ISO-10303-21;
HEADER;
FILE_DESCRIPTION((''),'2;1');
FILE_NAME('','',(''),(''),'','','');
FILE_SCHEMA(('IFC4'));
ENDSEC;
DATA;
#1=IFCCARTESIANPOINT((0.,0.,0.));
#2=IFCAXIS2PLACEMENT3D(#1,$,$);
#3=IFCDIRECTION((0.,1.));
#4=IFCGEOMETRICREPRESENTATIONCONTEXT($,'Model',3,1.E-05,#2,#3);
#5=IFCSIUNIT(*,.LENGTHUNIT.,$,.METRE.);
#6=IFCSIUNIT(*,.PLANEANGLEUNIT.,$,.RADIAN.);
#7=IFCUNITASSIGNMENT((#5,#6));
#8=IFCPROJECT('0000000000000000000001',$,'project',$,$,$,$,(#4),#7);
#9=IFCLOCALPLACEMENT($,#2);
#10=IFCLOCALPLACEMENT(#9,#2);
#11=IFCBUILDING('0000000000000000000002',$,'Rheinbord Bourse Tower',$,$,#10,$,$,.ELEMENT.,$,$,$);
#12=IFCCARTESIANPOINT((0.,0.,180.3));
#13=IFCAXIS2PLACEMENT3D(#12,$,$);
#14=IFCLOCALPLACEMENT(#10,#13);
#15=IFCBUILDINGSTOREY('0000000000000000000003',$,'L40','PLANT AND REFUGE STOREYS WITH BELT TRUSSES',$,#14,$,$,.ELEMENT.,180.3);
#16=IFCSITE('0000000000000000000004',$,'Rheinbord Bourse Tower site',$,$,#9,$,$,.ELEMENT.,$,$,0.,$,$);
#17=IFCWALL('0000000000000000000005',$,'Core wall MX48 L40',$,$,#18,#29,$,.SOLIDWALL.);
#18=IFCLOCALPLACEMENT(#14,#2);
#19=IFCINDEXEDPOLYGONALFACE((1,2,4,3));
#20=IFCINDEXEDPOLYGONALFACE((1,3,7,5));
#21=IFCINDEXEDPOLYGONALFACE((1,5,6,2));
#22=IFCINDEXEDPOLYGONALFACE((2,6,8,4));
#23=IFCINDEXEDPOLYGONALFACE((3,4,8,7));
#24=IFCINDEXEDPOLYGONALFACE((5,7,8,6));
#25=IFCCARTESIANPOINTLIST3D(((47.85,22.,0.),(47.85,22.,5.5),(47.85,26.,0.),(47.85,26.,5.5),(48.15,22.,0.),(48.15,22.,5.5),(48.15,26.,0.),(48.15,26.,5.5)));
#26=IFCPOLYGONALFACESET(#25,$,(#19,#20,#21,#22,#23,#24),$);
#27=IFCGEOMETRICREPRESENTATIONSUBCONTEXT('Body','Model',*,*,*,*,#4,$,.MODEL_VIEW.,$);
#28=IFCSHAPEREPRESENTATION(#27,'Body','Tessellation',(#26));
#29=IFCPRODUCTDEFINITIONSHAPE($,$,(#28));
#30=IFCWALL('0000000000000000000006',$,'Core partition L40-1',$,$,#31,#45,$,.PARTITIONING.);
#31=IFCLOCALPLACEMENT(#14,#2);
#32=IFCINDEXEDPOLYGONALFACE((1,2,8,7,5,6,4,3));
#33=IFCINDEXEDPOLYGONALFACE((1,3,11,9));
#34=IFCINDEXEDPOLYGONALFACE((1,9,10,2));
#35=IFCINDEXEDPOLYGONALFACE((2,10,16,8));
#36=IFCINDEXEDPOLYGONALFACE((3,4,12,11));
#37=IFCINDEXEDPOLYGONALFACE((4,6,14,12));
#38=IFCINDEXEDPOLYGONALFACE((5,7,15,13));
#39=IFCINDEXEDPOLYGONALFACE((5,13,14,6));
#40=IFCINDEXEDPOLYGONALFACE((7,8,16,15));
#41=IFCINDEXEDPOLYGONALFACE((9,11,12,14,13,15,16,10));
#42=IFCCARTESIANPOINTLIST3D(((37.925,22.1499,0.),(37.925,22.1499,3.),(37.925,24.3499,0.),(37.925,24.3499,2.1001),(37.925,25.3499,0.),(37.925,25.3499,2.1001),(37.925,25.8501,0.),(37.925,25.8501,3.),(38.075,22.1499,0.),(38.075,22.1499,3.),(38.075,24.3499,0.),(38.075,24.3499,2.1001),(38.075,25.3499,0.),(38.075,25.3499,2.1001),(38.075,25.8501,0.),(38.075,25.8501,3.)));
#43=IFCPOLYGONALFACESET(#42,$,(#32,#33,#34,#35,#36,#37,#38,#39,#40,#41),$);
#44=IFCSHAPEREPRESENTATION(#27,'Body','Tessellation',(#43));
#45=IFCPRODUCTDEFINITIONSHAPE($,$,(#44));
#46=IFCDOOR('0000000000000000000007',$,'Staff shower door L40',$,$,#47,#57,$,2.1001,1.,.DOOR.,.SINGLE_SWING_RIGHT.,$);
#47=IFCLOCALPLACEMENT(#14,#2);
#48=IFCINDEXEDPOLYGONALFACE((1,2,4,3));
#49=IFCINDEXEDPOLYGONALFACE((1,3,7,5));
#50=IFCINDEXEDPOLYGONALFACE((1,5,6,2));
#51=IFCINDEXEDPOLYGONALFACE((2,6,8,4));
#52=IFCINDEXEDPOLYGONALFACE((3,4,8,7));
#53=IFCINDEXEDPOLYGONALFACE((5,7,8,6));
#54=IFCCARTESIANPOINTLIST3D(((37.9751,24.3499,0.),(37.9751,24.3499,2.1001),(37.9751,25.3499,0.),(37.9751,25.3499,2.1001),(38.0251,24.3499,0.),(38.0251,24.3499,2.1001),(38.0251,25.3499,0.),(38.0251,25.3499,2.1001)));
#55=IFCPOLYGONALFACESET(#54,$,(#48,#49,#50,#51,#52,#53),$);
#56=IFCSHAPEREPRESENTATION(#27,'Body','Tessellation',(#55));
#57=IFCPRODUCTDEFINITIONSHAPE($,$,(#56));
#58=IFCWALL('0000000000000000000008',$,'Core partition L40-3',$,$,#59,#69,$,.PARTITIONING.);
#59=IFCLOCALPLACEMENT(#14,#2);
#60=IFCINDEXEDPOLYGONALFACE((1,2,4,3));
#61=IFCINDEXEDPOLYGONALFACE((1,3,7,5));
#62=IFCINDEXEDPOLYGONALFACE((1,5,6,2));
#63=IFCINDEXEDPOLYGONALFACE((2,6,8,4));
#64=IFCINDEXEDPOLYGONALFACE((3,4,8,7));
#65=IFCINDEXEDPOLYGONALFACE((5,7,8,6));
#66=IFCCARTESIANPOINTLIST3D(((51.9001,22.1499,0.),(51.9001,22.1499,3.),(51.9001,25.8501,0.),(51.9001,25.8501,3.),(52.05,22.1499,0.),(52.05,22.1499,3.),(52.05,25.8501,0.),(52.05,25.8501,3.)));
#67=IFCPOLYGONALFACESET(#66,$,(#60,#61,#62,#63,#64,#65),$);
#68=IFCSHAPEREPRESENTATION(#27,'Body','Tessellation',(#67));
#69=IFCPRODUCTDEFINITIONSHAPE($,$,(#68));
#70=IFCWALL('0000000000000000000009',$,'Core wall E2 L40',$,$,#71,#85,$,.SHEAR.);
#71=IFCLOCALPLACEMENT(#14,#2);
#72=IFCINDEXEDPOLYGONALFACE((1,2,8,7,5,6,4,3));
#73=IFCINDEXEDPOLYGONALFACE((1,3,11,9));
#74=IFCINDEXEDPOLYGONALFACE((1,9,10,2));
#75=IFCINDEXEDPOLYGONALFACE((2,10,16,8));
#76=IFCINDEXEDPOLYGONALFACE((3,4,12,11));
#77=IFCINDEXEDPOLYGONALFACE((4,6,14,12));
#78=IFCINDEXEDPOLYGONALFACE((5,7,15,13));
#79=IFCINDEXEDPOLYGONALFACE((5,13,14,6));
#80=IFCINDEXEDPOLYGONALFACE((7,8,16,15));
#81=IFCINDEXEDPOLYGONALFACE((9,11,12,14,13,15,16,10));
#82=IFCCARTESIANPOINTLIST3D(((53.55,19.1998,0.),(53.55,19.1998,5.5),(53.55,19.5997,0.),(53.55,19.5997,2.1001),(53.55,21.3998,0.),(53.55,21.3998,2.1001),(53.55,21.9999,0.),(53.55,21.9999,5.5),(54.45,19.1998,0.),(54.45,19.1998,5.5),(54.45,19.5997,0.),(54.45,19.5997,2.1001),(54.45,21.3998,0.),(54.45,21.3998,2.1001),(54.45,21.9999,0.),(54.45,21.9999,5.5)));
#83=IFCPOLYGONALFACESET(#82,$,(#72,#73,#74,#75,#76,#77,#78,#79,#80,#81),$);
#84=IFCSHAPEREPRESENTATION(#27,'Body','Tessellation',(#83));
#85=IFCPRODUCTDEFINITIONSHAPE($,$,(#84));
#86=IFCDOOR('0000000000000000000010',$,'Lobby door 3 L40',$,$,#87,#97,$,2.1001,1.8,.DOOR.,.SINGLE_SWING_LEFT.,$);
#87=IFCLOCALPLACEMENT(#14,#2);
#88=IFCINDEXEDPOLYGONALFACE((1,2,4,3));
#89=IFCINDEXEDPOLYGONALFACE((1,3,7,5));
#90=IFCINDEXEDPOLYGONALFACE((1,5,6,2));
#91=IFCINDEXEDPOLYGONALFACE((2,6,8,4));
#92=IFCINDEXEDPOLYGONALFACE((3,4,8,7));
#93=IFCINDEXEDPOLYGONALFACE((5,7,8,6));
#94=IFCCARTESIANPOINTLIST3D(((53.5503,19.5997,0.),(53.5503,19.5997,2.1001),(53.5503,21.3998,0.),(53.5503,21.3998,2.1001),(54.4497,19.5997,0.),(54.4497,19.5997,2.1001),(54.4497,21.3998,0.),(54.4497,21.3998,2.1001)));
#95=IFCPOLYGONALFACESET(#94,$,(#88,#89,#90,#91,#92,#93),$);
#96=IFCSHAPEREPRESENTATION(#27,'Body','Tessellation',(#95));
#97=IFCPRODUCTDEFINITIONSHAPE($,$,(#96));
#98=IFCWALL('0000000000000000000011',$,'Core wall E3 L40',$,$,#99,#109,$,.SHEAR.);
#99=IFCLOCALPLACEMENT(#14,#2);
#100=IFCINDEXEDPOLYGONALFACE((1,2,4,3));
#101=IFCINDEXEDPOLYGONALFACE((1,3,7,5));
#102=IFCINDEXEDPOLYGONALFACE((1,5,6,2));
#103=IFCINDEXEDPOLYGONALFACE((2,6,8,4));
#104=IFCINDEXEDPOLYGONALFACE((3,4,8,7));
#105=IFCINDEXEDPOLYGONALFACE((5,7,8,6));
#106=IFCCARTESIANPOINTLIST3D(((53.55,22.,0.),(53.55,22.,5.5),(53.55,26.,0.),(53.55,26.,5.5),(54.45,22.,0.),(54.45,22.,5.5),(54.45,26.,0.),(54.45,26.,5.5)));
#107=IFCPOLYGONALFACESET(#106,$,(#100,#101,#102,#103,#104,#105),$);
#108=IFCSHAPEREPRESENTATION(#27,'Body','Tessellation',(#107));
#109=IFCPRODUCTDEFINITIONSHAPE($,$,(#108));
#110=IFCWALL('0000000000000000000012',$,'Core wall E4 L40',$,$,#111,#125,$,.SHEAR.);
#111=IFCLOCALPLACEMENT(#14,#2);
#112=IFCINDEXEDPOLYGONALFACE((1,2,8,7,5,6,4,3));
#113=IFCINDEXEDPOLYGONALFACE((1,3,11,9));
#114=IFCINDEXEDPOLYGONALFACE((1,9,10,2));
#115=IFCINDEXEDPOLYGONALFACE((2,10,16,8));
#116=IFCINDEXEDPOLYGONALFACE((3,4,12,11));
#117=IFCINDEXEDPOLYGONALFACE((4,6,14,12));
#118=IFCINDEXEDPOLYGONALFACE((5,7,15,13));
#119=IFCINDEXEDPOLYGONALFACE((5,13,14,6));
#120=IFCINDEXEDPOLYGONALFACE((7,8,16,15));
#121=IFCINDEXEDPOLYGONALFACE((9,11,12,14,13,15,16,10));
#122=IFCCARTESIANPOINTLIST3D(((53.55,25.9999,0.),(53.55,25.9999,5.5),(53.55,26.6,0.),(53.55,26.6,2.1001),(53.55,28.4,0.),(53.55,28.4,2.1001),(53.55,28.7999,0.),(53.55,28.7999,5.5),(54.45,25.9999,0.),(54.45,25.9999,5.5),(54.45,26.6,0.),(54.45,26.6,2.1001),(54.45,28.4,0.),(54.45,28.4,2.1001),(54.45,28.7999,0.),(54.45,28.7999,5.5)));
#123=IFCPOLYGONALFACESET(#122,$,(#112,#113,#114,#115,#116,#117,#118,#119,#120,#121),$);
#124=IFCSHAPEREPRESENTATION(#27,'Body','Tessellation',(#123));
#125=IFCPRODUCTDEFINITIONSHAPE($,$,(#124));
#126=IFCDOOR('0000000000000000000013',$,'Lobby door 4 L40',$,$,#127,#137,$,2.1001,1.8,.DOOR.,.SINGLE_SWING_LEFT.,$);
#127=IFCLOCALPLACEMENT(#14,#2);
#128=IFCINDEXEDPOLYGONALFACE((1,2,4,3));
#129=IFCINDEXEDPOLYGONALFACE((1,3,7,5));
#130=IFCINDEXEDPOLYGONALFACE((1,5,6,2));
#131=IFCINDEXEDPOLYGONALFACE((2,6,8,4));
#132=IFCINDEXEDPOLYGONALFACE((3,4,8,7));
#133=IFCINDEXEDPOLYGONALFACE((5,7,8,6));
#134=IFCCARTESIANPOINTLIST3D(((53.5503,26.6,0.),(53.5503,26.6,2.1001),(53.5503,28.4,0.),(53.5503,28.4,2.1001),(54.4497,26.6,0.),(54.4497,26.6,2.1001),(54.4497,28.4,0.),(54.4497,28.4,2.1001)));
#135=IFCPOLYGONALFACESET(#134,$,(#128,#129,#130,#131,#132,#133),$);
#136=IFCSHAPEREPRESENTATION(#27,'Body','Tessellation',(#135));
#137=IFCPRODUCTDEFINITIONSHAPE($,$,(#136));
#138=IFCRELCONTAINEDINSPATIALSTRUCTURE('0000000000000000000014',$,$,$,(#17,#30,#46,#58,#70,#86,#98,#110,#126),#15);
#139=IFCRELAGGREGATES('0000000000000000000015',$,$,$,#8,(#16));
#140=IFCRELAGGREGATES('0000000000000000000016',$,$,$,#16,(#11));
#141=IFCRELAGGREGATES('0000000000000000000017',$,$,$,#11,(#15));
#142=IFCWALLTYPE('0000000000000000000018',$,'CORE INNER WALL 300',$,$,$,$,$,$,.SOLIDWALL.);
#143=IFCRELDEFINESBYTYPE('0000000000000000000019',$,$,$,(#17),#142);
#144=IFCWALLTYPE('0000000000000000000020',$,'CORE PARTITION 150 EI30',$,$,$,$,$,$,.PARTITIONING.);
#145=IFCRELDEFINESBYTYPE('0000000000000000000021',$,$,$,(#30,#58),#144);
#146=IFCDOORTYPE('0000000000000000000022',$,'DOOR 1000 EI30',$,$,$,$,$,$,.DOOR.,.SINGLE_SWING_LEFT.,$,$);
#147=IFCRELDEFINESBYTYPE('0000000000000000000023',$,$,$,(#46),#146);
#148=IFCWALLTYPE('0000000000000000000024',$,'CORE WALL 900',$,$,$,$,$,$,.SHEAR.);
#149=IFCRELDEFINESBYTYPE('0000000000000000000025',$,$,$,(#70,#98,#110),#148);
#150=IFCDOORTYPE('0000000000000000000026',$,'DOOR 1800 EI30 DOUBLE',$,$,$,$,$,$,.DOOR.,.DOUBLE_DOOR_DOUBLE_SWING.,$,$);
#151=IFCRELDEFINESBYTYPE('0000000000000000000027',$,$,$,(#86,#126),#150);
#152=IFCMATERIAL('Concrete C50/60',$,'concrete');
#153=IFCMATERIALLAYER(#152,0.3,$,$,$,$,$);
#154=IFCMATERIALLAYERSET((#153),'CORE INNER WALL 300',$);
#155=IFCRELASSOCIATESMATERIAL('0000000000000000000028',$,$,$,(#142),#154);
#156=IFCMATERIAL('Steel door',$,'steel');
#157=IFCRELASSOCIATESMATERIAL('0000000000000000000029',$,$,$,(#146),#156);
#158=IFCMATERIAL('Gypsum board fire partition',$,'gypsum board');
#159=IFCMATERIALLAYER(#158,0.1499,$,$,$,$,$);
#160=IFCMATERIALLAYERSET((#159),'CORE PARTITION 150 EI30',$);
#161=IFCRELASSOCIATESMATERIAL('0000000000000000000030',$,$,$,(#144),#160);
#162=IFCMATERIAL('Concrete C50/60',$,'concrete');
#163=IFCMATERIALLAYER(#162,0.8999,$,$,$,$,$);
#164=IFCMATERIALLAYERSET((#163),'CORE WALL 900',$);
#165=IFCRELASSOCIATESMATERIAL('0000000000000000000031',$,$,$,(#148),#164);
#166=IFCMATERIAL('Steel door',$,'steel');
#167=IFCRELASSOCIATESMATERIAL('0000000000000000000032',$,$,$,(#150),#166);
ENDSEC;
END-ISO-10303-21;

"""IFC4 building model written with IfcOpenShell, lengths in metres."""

from ifc_helpers import new_model, si_unit, direction, frame, frame_2d, origin, place, context, subcontext, project, spatial, rectangle, extrude, material, layer, layer_set, type_object, element, fill, save


model = new_model("IFC4")

# Units and contexts
model_context = context("Model", 3, precision=1e-05, world=origin(), true_north=direction((0.0, 1.0)))
body_context = subcontext(model_context, "Body", "Model", "MODEL_VIEW")
ifc_project = project(units=[si_unit("LENGTHUNIT", "METRE"), si_unit("PLANEANGLEUNIT", "RADIAN")], contexts=[model_context])

# Site, building, storey
site_placement = place(None, origin())
site = spatial("IfcSite", under=ifc_project, at=site_placement, Name="Rheinbord Bourse Tower site", CompositionType="ELEMENT", RefElevation=0.0)
building_placement = place(site_placement, origin())
building = spatial("IfcBuilding", under=site, at=building_placement, Name="Rheinbord Bourse Tower", CompositionType="ELEMENT")
storey_placement = place(building_placement, frame((0.0, 0.0, 180.3)))
storey = spatial("IfcBuildingStorey", under=building, at=storey_placement, Name="L40", Description="PLANT AND REFUGE STOREYS WITH BELT TRUSSES", CompositionType="ELEMENT", Elevation=180.3)

# Shared definitions
ifc_material_1 = material(Name="Concrete C50/60", Category="concrete")
ifc_layer_1 = layer(ifc_material_1, 0.3)
ifc_layer_set_1 = layer_set([ifc_layer_1], Name="CORE INNER WALL 300")
wall_type_1 = type_object("IfcWallType", Name="CORE INNER WALL 300", PredefinedType="SOLIDWALL", material=ifc_layer_set_1)

# Shared definitions
ifc_material_2 = material(Name="Steel door", Category="steel")
door_type_1 = type_object("IfcDoorType", Name="DOOR 1000 EI30", OperationType="SINGLE_SWING_LEFT", PredefinedType="DOOR", material=ifc_material_2)

# Wall
for number, where, z_axis, x_axis, name in (
    (1, (48.0, 22.0, 0.0), (0.0, 0.0, 1.0), (0.0, 1.0, 0.0), "Core wall MX48 L40"),
):
    element("IfcWall", number, at=place(storey_placement, frame(where, z_axis=z_axis, x_axis=x_axis)), inside=storey, type_object=wall_type_1, Name=name, PredefinedType="SOLIDWALL", context=body_context, shape_type="SweptSolid", body=[
        extrude(rectangle(XDim=4.0, YDim=0.3, at=frame_2d((2.0, 0.0))), origin(), (0.0, 0.0, 1.0), 5.5),
    ])

# Wall, opening, door
ifc_material_3 = material(Name="Gypsum board fire partition", Category="gypsum board")
ifc_layer_2 = layer(ifc_material_3, 0.1499)
ifc_layer_set_2 = layer_set([ifc_layer_2], Name="CORE PARTITION 150 EI30")
wall_type_2 = type_object("IfcWallType", Name="CORE PARTITION 150 EI30", PredefinedType="PARTITIONING", material=ifc_layer_set_2)
wall_1_placement = place(storey_placement, frame((38.0, 22.1499, 0.0), z_axis=(0.0, 0.0, 1.0), x_axis=(0.0, 1.0, 0.0)))
wall_1 = element("IfcWall", 2, at=wall_1_placement, inside=storey, type_object=wall_type_2, Name="Core partition L40-1", PredefinedType="PARTITIONING", context=body_context, shape_type="SweptSolid", body=[
    extrude(rectangle(XDim=3.7002, YDim=0.1499, at=frame_2d((1.8501, 0.0))), origin(), (0.0, 0.0, 1.0), 3.0),
])
opening_1_placement = place(wall_1_placement, frame((2.2, 0.0, 0.0)))
opening_1 = element("IfcOpeningElement", 3, at=opening_1_placement, cuts=wall_1, PredefinedType="OPENING", context=body_context, shape_type="SweptSolid", body=[
    extrude(rectangle(XDim=1.0, YDim=2.1001, at=frame_2d((0.5, 1.05))), frame((0.0, 0.085, 0.0), z_axis=(0.0, -1.0, 0.0), x_axis=(1.0, 0.0, 0.0)), (0.0, 0.0, 1.0), 0.1699),
])
door_1_placement = place(opening_1_placement, origin())
door_1 = element("IfcDoor", 4, at=door_1_placement, inside=storey, type_object=door_type_1, Name="Staff shower door L40", OperationType="SINGLE_SWING_RIGHT", OverallHeight=2.1001, OverallWidth=1.0, PredefinedType="DOOR", context=body_context, shape_type="SweptSolid", body=[
    extrude(rectangle(XDim=1.0, YDim=2.1001, at=frame_2d((0.5, 1.05))), frame((0.0, 0.0249, 0.0), z_axis=(0.0, -1.0, 0.0), x_axis=(1.0, 0.0, 0.0)), (0.0, 0.0, 1.0), 0.05),
])
fill(opening_1, door_1)

# Wall
wall_2_placement = place(storey_placement, frame((51.9751, 22.1499, 0.0), z_axis=(0.0, 0.0, 1.0), x_axis=(0.0, 1.0, 0.0)))
element("IfcWall", 5, at=wall_2_placement, inside=storey, type_object=wall_type_2, Name="Core partition L40-3", PredefinedType="PARTITIONING", context=body_context, shape_type="SweptSolid", body=[
    extrude(rectangle(XDim=3.7002, YDim=0.1499, at=frame_2d((1.8501, 0.0))), origin(), (0.0, 0.0, 1.0), 3.0),
])

# Wall, opening, door
ifc_material_4 = material(Name="Concrete C50/60", Category="concrete")
ifc_layer_3 = layer(ifc_material_4, 0.8999)
ifc_layer_set_3 = layer_set([ifc_layer_3], Name="CORE WALL 900")
wall_type_3 = type_object("IfcWallType", Name="CORE WALL 900", PredefinedType="SHEAR", material=ifc_layer_set_3)
wall_3_placement = place(storey_placement, frame((54.0, 19.2, 0.0), z_axis=(0.0, 0.0, 1.0), x_axis=(0.0, 1.0, 0.0)))
wall_3 = element("IfcWall", 6, at=wall_3_placement, inside=storey, type_object=wall_type_3, Name="Core wall E2 L40", PredefinedType="SHEAR", context=body_context, shape_type="SweptSolid", body=[
    extrude(rectangle(XDim=2.8, YDim=0.8999, at=frame_2d((1.3999, 0.0))), origin(), (0.0, 0.0, 1.0), 5.5),
])
opening_2_placement = place(wall_3_placement, frame((0.3999, 0.0, 0.0)))
opening_2 = element("IfcOpeningElement", 7, at=opening_2_placement, cuts=wall_3, PredefinedType="OPENING", context=body_context, shape_type="SweptSolid", body=[
    extrude(rectangle(XDim=1.8, YDim=2.1001, at=frame_2d((0.8999, 1.05))), frame((0.0, 0.46, 0.0), z_axis=(0.0, -1.0, 0.0), x_axis=(1.0, 0.0, 0.0)), (0.0, 0.0, 1.0), 0.9199),
])
ifc_material_5 = material(Name="Steel door", Category="steel")
door_type_2 = type_object("IfcDoorType", Name="DOOR 1800 EI30 DOUBLE", OperationType="DOUBLE_DOOR_DOUBLE_SWING", PredefinedType="DOOR", material=ifc_material_5)
door_2_placement = place(opening_2_placement, origin())
door_2 = element("IfcDoor", 8, at=door_2_placement, inside=storey, type_object=door_type_2, Name="Lobby door 3 L40", OperationType="SINGLE_SWING_LEFT", OverallHeight=2.1001, OverallWidth=1.8, PredefinedType="DOOR", context=body_context, shape_type="SweptSolid", body=[
    extrude(rectangle(XDim=1.8, YDim=2.1001, at=frame_2d((0.8999, 1.05))), frame((0.0, 0.4497, 0.0), z_axis=(0.0, -1.0, 0.0), x_axis=(1.0, 0.0, 0.0)), (0.0, 0.0, 1.0), 0.8994),
])
fill(opening_2, door_2)

# Wall
wall_4_placement = place(storey_placement, frame((54.0, 22.0, 0.0), z_axis=(0.0, 0.0, 1.0), x_axis=(0.0, 1.0, 0.0)))
element("IfcWall", 9, at=wall_4_placement, inside=storey, type_object=wall_type_3, Name="Core wall E3 L40", PredefinedType="SHEAR", context=body_context, shape_type="SweptSolid", body=[
    extrude(rectangle(XDim=4.0, YDim=0.8999, at=frame_2d((2.0, 0.0))), origin(), (0.0, 0.0, 1.0), 5.5),
])

# Wall, opening, door
wall_5_placement = place(storey_placement, frame((54.0, 26.0, 0.0), z_axis=(0.0, 0.0, 1.0), x_axis=(0.0, 1.0, 0.0)))
wall_5 = element("IfcWall", 10, at=wall_5_placement, inside=storey, type_object=wall_type_3, Name="Core wall E4 L40", PredefinedType="SHEAR", context=body_context, shape_type="SweptSolid", body=[
    extrude(rectangle(XDim=2.8, YDim=0.8999, at=frame_2d((1.3999, 0.0))), origin(), (0.0, 0.0, 1.0), 5.5),
])
opening_3_placement = place(wall_5_placement, frame((0.6001, 0.0, 0.0)))
opening_3 = element("IfcOpeningElement", 11, at=opening_3_placement, cuts=wall_5, PredefinedType="OPENING", context=body_context, shape_type="SweptSolid", body=[
    extrude(rectangle(XDim=1.8, YDim=2.1001, at=frame_2d((0.8999, 1.05))), frame((0.0, 0.46, 0.0), z_axis=(0.0, -1.0, 0.0), x_axis=(1.0, 0.0, 0.0)), (0.0, 0.0, 1.0), 0.9199),
])
door_3_placement = place(opening_3_placement, origin())
door_3 = element("IfcDoor", 12, at=door_3_placement, inside=storey, type_object=door_type_2, Name="Lobby door 4 L40", OperationType="SINGLE_SWING_LEFT", OverallHeight=2.1001, OverallWidth=1.8, PredefinedType="DOOR", context=body_context, shape_type="SweptSolid", body=[
    extrude(rectangle(XDim=1.8, YDim=2.1001, at=frame_2d((0.8999, 1.05))), frame((0.0, 0.4497, 0.0), z_axis=(0.0, -1.0, 0.0), x_axis=(1.0, 0.0, 0.0)), (0.0, 0.0, 1.0), 0.8994),
])
fill(opening_3, door_3)

save(model, "model.ifc")
